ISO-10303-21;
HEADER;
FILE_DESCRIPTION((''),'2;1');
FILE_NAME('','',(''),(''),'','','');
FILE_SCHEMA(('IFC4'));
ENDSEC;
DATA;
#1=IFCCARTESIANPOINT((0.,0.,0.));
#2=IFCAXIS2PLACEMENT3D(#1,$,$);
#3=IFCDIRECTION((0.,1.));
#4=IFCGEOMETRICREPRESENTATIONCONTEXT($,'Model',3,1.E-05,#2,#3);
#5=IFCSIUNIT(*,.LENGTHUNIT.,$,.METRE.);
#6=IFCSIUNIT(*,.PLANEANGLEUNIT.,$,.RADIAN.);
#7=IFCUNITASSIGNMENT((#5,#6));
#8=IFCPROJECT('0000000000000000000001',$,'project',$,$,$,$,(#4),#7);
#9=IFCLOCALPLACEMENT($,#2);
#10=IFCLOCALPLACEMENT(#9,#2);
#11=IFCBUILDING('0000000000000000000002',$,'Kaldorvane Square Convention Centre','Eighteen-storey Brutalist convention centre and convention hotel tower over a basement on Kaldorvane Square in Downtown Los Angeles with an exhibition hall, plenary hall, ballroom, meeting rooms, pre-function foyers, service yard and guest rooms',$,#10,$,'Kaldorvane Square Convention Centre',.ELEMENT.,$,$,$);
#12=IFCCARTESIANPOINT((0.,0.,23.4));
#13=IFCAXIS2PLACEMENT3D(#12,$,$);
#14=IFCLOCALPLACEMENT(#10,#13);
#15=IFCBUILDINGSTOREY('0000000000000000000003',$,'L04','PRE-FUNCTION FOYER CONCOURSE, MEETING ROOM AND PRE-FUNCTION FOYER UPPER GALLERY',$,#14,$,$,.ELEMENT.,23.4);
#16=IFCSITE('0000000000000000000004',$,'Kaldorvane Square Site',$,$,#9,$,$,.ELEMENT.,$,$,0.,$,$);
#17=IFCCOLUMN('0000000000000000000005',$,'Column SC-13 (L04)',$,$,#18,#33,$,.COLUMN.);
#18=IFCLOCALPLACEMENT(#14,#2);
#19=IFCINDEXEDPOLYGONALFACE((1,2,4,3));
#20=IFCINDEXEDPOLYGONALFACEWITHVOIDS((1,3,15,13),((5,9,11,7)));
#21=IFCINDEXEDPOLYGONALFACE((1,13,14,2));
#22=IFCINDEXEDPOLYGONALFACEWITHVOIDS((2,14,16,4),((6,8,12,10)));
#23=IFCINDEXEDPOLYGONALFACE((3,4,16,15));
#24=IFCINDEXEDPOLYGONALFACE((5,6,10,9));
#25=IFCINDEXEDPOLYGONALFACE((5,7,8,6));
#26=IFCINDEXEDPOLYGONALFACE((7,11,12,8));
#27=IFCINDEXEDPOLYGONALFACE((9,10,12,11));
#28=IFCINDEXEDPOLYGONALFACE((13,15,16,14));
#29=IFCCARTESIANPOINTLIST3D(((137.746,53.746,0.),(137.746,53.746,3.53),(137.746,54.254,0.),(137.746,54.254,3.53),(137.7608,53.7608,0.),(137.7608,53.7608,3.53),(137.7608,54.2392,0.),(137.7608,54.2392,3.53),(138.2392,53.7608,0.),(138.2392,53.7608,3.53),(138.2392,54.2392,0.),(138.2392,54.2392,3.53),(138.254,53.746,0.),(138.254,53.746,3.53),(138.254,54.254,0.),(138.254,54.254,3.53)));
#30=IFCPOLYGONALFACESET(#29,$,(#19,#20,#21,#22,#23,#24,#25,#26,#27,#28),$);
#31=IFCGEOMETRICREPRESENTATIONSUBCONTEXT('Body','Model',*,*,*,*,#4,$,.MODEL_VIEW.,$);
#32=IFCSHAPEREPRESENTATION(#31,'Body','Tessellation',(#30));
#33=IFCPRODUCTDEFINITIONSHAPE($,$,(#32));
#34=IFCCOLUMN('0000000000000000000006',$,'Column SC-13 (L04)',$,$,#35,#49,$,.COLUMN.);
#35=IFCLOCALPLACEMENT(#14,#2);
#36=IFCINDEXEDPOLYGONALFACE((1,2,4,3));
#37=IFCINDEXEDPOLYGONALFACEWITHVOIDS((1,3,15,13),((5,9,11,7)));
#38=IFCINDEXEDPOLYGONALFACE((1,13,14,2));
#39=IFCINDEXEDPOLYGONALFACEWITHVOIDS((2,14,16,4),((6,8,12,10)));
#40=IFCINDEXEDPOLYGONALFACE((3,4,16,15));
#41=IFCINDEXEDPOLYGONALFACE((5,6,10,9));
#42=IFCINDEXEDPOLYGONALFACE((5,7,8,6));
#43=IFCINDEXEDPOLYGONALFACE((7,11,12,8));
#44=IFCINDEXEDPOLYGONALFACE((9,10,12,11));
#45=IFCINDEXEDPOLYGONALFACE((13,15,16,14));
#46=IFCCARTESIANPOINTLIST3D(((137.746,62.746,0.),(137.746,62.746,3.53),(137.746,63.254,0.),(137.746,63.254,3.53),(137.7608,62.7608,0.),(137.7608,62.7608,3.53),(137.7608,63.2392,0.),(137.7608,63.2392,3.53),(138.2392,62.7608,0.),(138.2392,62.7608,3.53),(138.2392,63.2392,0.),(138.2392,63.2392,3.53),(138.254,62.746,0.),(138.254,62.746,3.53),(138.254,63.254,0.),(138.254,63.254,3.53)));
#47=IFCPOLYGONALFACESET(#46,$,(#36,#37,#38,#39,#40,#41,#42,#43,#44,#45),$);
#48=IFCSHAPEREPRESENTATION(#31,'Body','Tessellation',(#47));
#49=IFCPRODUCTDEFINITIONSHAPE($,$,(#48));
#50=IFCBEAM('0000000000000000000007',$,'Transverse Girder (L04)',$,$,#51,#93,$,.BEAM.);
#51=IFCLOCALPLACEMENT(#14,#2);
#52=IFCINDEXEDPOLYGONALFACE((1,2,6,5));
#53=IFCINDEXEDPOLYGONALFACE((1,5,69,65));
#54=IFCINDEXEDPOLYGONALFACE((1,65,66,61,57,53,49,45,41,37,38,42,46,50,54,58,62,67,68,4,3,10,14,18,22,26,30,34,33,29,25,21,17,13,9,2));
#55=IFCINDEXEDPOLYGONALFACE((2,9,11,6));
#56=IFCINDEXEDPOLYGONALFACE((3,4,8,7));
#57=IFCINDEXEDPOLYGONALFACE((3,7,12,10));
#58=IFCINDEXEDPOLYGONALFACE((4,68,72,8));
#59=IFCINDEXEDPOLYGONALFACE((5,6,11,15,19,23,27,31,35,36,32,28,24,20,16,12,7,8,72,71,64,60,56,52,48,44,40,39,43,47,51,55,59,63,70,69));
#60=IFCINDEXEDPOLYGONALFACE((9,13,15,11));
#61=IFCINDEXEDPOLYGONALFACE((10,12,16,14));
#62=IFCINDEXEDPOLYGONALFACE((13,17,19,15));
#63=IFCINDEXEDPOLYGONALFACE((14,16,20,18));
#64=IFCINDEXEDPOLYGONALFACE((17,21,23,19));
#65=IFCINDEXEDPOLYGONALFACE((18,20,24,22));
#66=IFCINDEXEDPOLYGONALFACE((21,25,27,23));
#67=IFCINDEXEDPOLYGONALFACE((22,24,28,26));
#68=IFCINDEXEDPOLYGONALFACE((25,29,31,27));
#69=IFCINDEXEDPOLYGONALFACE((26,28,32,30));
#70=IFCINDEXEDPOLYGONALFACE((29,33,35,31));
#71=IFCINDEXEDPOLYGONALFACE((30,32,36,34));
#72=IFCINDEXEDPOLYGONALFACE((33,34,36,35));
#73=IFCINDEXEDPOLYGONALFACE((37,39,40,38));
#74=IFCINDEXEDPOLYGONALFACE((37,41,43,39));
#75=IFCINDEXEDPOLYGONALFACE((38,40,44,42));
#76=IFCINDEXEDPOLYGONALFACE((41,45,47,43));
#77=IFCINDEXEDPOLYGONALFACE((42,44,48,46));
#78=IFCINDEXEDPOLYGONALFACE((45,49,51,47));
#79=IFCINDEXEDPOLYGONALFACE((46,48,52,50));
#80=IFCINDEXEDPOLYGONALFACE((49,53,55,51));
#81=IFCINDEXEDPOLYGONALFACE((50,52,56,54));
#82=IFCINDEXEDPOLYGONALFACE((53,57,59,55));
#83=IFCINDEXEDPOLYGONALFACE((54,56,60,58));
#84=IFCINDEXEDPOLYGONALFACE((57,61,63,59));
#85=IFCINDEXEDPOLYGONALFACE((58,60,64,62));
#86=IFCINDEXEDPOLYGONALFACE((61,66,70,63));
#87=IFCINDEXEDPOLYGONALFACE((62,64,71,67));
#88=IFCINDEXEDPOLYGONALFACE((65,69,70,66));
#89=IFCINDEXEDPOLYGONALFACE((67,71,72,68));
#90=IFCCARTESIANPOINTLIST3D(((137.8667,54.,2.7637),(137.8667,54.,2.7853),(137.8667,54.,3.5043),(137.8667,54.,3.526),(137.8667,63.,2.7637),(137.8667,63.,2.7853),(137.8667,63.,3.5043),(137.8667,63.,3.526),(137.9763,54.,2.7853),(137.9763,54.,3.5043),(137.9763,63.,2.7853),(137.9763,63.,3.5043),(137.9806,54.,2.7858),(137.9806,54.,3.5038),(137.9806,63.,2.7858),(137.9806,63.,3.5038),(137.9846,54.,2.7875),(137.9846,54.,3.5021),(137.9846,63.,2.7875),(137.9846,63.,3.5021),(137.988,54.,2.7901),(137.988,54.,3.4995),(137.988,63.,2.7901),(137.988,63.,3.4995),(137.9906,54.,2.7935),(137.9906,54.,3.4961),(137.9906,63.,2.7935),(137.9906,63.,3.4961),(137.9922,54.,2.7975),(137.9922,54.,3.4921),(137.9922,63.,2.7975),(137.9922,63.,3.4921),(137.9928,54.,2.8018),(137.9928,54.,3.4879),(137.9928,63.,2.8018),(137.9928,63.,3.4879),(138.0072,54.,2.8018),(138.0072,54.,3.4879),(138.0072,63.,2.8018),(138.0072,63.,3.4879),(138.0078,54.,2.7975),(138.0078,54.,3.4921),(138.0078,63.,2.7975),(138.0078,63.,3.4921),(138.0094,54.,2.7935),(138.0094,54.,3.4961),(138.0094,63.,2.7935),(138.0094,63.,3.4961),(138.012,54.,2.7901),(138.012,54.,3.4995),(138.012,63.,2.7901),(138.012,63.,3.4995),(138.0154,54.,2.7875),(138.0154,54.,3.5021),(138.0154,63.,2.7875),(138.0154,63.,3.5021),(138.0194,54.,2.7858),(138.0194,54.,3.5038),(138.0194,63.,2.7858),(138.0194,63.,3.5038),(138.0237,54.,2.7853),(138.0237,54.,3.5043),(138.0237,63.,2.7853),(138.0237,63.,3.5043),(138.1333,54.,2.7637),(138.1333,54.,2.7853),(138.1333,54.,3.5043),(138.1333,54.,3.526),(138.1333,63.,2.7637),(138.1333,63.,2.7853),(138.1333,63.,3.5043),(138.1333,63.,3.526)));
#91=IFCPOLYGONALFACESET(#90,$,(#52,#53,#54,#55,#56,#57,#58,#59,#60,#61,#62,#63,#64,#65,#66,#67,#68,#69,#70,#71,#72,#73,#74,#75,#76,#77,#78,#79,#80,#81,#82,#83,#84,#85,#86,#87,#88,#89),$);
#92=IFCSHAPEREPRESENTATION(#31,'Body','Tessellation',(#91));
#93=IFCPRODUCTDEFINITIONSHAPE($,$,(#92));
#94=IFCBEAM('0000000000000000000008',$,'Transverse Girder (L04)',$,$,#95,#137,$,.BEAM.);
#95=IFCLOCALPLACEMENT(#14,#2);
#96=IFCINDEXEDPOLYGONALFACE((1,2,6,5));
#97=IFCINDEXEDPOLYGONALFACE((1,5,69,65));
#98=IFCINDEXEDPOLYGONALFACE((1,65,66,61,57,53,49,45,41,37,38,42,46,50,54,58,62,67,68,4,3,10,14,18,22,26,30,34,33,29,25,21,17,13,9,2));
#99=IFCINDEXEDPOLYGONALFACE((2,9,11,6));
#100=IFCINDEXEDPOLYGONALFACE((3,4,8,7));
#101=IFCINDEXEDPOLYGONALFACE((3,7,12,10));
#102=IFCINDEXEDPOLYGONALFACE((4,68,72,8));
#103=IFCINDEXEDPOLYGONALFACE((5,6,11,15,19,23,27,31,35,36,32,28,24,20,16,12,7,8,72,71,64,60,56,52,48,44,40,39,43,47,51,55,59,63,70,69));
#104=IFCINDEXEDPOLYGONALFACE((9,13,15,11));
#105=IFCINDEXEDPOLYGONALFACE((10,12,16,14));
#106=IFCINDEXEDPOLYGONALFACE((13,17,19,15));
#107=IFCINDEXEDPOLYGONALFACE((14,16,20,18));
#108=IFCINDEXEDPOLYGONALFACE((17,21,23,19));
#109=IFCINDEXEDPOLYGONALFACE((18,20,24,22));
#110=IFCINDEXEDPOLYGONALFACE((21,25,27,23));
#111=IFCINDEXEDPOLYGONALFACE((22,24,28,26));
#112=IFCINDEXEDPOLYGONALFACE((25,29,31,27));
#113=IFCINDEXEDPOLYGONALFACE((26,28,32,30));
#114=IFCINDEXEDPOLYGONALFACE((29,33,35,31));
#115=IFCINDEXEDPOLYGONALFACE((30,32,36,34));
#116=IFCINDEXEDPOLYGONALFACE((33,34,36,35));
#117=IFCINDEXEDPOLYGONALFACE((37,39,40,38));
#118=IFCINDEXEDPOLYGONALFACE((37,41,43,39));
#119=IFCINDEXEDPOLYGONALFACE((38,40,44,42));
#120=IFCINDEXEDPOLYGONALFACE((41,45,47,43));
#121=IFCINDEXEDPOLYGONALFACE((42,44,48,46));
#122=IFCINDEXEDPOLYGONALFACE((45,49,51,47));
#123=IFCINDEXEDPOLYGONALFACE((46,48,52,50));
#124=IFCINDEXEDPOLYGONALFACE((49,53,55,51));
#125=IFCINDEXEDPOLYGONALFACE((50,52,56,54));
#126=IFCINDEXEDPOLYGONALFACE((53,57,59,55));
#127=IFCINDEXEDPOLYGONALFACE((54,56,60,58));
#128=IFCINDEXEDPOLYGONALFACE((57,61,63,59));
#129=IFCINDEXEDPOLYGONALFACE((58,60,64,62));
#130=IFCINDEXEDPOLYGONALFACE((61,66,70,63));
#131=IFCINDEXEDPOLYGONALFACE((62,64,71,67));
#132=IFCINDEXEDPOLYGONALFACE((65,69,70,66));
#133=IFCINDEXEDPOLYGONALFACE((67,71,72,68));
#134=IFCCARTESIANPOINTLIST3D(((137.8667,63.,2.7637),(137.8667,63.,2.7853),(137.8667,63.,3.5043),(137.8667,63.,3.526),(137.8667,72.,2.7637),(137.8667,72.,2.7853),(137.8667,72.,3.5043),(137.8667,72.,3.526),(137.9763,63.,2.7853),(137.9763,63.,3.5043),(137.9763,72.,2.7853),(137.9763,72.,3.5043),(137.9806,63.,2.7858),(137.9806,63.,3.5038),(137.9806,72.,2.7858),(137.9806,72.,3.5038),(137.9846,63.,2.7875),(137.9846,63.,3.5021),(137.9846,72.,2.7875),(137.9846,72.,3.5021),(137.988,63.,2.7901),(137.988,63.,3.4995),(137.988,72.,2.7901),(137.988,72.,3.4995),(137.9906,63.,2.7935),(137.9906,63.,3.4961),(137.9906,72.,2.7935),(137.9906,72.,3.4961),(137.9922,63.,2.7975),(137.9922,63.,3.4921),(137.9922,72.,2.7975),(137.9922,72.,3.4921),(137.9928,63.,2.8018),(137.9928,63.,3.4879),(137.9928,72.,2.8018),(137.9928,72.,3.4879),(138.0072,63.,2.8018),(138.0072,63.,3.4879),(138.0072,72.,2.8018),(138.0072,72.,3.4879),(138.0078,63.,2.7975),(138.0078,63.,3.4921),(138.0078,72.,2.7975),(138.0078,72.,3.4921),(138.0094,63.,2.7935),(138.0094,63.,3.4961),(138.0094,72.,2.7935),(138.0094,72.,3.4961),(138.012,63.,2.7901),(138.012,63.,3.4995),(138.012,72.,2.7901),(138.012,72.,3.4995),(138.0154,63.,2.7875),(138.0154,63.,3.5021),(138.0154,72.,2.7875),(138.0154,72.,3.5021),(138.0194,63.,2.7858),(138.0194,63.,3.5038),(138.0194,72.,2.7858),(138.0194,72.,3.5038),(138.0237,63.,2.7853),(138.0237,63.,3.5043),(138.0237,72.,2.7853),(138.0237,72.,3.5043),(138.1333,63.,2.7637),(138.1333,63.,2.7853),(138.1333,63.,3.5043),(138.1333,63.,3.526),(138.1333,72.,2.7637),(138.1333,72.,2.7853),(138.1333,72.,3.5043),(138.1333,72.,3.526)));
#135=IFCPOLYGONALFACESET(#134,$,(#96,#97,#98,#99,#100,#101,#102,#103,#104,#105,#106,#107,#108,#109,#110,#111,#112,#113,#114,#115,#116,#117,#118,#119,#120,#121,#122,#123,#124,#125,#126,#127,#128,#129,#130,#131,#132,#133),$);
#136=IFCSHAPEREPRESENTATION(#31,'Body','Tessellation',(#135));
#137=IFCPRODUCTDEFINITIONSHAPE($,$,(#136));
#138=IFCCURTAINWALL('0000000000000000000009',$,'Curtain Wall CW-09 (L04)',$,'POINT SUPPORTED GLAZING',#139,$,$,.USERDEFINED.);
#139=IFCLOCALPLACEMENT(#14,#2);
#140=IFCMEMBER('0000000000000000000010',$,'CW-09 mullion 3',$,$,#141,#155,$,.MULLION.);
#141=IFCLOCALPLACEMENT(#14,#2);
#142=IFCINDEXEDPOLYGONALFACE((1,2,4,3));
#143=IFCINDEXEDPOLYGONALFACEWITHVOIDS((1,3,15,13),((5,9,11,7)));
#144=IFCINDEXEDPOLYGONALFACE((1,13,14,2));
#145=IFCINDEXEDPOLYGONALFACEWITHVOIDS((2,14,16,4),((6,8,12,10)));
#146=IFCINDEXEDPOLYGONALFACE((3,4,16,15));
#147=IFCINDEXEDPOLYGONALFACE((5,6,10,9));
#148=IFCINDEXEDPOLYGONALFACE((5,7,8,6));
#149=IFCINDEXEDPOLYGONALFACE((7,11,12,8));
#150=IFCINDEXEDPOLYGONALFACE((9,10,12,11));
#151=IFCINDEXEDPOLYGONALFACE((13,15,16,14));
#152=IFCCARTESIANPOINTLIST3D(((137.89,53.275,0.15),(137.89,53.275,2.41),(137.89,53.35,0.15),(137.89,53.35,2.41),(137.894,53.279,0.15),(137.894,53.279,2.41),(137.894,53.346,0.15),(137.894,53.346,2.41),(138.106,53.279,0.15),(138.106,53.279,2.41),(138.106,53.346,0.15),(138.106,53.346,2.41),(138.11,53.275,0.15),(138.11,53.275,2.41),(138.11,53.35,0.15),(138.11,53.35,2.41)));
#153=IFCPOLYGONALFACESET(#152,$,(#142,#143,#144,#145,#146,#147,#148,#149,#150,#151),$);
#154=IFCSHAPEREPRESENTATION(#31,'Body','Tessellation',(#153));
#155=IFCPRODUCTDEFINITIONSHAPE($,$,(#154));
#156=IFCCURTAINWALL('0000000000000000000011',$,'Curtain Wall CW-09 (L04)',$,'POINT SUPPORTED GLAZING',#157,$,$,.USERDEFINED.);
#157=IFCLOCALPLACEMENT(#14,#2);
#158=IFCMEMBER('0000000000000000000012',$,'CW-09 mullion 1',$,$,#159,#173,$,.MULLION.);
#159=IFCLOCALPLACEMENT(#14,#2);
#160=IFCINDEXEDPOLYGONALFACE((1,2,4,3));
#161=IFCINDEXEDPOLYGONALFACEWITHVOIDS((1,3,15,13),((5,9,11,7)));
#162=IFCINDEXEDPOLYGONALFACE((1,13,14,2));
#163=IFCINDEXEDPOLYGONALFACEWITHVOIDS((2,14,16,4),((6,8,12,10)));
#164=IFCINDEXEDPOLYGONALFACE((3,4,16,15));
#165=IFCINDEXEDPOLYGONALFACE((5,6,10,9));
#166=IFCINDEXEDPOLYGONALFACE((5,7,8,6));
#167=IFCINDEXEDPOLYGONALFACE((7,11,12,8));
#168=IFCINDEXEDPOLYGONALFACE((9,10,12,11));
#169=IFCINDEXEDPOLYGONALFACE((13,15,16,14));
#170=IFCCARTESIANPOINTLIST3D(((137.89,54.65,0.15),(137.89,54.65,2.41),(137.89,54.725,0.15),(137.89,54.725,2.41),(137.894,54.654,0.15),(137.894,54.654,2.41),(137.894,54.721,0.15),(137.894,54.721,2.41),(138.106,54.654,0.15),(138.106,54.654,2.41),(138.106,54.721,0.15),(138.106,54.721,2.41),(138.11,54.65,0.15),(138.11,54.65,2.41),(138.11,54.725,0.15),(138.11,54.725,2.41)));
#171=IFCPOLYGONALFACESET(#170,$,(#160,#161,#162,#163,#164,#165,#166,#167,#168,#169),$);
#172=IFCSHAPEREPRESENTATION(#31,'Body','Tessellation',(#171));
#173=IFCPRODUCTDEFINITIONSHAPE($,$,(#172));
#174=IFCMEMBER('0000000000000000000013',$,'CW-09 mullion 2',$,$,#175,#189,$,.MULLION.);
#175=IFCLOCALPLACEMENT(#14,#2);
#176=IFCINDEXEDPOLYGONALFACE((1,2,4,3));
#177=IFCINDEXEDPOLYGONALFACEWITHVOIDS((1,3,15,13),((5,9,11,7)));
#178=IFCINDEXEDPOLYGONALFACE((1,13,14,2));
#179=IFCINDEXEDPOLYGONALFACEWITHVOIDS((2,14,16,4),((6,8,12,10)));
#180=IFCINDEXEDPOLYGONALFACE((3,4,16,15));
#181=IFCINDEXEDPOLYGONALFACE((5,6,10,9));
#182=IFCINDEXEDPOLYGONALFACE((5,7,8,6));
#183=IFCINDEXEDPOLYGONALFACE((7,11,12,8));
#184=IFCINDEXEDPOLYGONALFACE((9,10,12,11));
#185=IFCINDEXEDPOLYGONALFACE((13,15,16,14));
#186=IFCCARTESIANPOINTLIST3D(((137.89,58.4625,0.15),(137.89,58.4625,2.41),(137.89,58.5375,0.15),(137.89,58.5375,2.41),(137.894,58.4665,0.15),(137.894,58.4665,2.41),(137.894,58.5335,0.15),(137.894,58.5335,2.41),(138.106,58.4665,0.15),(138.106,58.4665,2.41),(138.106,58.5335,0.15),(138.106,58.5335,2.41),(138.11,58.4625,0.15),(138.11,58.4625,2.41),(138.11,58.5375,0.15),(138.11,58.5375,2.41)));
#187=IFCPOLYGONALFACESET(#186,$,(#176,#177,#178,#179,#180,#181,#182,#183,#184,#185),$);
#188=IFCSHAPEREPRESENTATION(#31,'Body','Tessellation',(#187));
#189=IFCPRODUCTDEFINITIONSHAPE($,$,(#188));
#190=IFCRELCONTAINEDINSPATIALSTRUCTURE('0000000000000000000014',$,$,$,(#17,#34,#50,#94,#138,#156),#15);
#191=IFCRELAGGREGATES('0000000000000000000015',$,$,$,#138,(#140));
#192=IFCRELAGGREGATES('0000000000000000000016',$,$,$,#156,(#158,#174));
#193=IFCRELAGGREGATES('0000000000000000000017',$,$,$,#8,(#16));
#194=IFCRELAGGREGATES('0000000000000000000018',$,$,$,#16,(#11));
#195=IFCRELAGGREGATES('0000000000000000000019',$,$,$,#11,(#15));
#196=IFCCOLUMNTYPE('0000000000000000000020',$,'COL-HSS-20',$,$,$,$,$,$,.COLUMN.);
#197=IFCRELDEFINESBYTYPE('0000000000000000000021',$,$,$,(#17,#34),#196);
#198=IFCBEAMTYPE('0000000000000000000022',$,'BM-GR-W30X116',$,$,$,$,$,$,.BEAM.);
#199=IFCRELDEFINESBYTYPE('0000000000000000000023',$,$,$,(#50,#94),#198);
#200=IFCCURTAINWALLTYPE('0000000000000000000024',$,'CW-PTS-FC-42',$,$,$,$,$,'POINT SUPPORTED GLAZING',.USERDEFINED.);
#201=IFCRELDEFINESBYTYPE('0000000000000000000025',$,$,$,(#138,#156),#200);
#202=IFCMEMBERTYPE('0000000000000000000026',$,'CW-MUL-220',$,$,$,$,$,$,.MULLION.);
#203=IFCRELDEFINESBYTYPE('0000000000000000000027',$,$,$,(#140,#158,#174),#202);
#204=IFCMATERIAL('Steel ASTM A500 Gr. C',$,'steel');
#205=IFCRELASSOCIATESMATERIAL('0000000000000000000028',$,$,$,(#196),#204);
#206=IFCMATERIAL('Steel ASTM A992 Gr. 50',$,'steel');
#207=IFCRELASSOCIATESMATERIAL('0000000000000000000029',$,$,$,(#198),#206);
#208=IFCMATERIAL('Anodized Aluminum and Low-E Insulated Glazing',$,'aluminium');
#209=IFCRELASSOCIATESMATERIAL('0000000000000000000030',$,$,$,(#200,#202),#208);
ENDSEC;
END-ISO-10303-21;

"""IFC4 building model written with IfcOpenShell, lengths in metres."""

from ifc_helpers import new_model, si_unit, direction, frame, origin, origin_2d, place, context, subcontext, project, spatial, hollow_rectangle, i_section, extrude, material, material_profile, profile_set, type_object, element, aggregate, save


model = new_model("IFC4")

# Units and contexts
model_context = context("Model", 3, precision=1e-05, world=origin(), true_north=direction((0.0, 1.0)))
body_context = subcontext(model_context, "Body", "Model", "MODEL_VIEW")
ifc_project = project(units=[si_unit("LENGTHUNIT", "METRE"), si_unit("PLANEANGLEUNIT", "RADIAN")], contexts=[model_context])

# Site, building, storey
site_placement = place(None, origin())
site = spatial("IfcSite", under=ifc_project, at=site_placement, Name="Kaldorvane Square Site", CompositionType="ELEMENT", RefElevation=0.0)
building_placement = place(site_placement, origin())
building = spatial("IfcBuilding", under=site, at=building_placement, Name="Kaldorvane Square Convention Centre", Description="Eighteen-storey Brutalist convention centre and convention hotel tower over a basement on Kaldorvane Square in Downtown Los Angeles with an exhibition hall, plenary hall, ballroom, meeting rooms, pre-function foyers, service yard and guest rooms", LongName="Kaldorvane Square Convention Centre", CompositionType="ELEMENT")
storey_placement = place(building_placement, frame((0.0, 0.0, 23.4)))
storey = spatial("IfcBuildingStorey", under=building, at=storey_placement, Name="L04", Description="PRE-FUNCTION FOYER CONCOURSE, MEETING ROOM AND PRE-FUNCTION FOYER UPPER GALLERY", CompositionType="ELEMENT", Elevation=23.4)

# Columns
ifc_material_1 = material(Name="Steel ASTM A500 Gr. C", Category="steel")
ifc_material_profile_1 = material_profile(ifc_material_1, hollow_rectangle(XDim=0.508, YDim=0.508, WallThickness=0.0148, at=origin_2d()), Name="HSS20X20X5/8")
ifc_profile_set_1 = profile_set([ifc_material_profile_1], Name="Steel ASTM A500 Gr. C")
column_type = type_object("IfcColumnType", Name="COL-HSS-20", PredefinedType="COLUMN", material=ifc_profile_set_1)
for number, where, z_axis, x_axis, name in (
    (1, (138.0, 54.0, 0.0), (0.0, 0.0, 1.0), (1.0, 0.0, 0.0), "Column SC-13 (L04)"),
    (2, (138.0, 63.0, 0.0), (0.0, 0.0, 1.0), (1.0, 0.0, 0.0), "Column SC-13 (L04)"),
):
    element("IfcColumn", number, at=place(storey_placement, frame(where, z_axis=z_axis, x_axis=x_axis)), inside=storey, type_object=column_type, Name=name, PredefinedType="COLUMN", context=body_context, shape_type="SweptSolid", body=[
        extrude(hollow_rectangle(XDim=0.508, YDim=0.508, WallThickness=0.0148, at=origin_2d()), origin(), (0.0, 0.0, 1.0), 3.53),
    ])

# Beams
ifc_material_2 = material(Name="Steel ASTM A992 Gr. 50", Category="steel")
ifc_material_profile_2 = material_profile(ifc_material_2, i_section(OverallWidth=0.2666, OverallDepth=0.7623, WebThickness=0.0144, FlangeThickness=0.0216, FilletRadius=0.0165, at=origin_2d()), Name="W30X116")
ifc_profile_set_2 = profile_set([ifc_material_profile_2], Name="Steel ASTM A992 Gr. 50")
beam_type = type_object("IfcBeamType", Name="BM-GR-W30X116", PredefinedType="BEAM", material=ifc_profile_set_2)
for number, where, z_axis, x_axis, name in (
    (3, (138.0, 54.0, 3.1448), (0.0, 1.0, 0.0), (-1.0, 0.0, 0.0), "Transverse Girder (L04)"),
    (4, (138.0, 63.0, 3.1448), (0.0, 1.0, 0.0), (-1.0, 0.0, 0.0), "Transverse Girder (L04)"),
):
    element("IfcBeam", number, at=place(storey_placement, frame(where, z_axis=z_axis, x_axis=x_axis)), inside=storey, type_object=beam_type, Name=name, PredefinedType="BEAM", context=body_context, shape_type="SweptSolid", body=[
        extrude(i_section(OverallWidth=0.2666, OverallDepth=0.7623, WebThickness=0.0144, FlangeThickness=0.0216, FilletRadius=0.0165, at=origin_2d()), origin(), (0.0, 0.0, 1.0), 9.0),
    ])

# Curtain wall, member
ifc_material_3 = material(Name="Anodized Aluminum and Low-E Insulated Glazing", Category="aluminium")
curtain_wall_type = type_object("IfcCurtainWallType", Name="CW-PTS-FC-42", ElementType="POINT SUPPORTED GLAZING", PredefinedType="USERDEFINED", material=ifc_material_3)
curtain_wall_1_placement = place(storey_placement, origin())
curtain_wall_1 = element("IfcCurtainWall", 5, at=curtain_wall_1_placement, inside=storey, type_object=curtain_wall_type, Name="Curtain Wall CW-09 (L04)", ObjectType="POINT SUPPORTED GLAZING", PredefinedType="USERDEFINED")
ifc_material_profile_3 = material_profile(ifc_material_3, hollow_rectangle(XDim=0.075, YDim=0.22, WallThickness=0.004, at=origin_2d()), Name="CWM-220X75")
ifc_profile_set_3 = profile_set([ifc_material_profile_3], Name="Anodized Aluminum and Low-E Insulated Glazing")
member_type_1 = type_object("IfcMemberType", Name="CW-MUL-220", PredefinedType="MULLION", material=ifc_profile_set_3)
member_1_placement = place(storey_placement, frame((138.0, 53.3125, 0.15), z_axis=(0.0, 0.0, 1.0), x_axis=(0.0, 1.0, 0.0)))
member_1 = element("IfcMember", 6, at=member_1_placement, type_object=member_type_1, Name="CW-09 mullion 3", PredefinedType="MULLION", context=body_context, shape_type="SweptSolid", body=[
    extrude(hollow_rectangle(XDim=0.075, YDim=0.22, WallThickness=0.004, at=origin_2d()), origin(), (0.0, 0.0, 1.0), 2.26),
])
aggregate(curtain_wall_1, [member_1])

# Curtain wall, members
curtain_wall_2_placement = place(storey_placement, origin())
curtain_wall_2 = element("IfcCurtainWall", 7, at=curtain_wall_2_placement, inside=storey, type_object=curtain_wall_type, Name="Curtain Wall CW-09 (L04)", ObjectType="POINT SUPPORTED GLAZING", PredefinedType="USERDEFINED")
member_2_placement = place(storey_placement, frame((138.0, 54.6875, 0.15), z_axis=(0.0, 0.0, 1.0), x_axis=(0.0, 1.0, 0.0)))
member_2 = element("IfcMember", 8, at=member_2_placement, type_object=member_type_1, Name="CW-09 mullion 1", PredefinedType="MULLION", context=body_context, shape_type="SweptSolid", body=[
    extrude(hollow_rectangle(XDim=0.075, YDim=0.22, WallThickness=0.004, at=origin_2d()), origin(), (0.0, 0.0, 1.0), 2.26),
])
member_3_placement = place(storey_placement, frame((138.0, 58.5, 0.15), z_axis=(0.0, 0.0, 1.0), x_axis=(0.0, 1.0, 0.0)))
member_3 = element("IfcMember", 9, at=member_3_placement, type_object=member_type_1, Name="CW-09 mullion 2", PredefinedType="MULLION", context=body_context, shape_type="SweptSolid", body=[
    extrude(hollow_rectangle(XDim=0.075, YDim=0.22, WallThickness=0.004, at=origin_2d()), origin(), (0.0, 0.0, 1.0), 2.26),
])

aggregate(curtain_wall_2, [member_2, member_3])

save(model, "model.ifc")
